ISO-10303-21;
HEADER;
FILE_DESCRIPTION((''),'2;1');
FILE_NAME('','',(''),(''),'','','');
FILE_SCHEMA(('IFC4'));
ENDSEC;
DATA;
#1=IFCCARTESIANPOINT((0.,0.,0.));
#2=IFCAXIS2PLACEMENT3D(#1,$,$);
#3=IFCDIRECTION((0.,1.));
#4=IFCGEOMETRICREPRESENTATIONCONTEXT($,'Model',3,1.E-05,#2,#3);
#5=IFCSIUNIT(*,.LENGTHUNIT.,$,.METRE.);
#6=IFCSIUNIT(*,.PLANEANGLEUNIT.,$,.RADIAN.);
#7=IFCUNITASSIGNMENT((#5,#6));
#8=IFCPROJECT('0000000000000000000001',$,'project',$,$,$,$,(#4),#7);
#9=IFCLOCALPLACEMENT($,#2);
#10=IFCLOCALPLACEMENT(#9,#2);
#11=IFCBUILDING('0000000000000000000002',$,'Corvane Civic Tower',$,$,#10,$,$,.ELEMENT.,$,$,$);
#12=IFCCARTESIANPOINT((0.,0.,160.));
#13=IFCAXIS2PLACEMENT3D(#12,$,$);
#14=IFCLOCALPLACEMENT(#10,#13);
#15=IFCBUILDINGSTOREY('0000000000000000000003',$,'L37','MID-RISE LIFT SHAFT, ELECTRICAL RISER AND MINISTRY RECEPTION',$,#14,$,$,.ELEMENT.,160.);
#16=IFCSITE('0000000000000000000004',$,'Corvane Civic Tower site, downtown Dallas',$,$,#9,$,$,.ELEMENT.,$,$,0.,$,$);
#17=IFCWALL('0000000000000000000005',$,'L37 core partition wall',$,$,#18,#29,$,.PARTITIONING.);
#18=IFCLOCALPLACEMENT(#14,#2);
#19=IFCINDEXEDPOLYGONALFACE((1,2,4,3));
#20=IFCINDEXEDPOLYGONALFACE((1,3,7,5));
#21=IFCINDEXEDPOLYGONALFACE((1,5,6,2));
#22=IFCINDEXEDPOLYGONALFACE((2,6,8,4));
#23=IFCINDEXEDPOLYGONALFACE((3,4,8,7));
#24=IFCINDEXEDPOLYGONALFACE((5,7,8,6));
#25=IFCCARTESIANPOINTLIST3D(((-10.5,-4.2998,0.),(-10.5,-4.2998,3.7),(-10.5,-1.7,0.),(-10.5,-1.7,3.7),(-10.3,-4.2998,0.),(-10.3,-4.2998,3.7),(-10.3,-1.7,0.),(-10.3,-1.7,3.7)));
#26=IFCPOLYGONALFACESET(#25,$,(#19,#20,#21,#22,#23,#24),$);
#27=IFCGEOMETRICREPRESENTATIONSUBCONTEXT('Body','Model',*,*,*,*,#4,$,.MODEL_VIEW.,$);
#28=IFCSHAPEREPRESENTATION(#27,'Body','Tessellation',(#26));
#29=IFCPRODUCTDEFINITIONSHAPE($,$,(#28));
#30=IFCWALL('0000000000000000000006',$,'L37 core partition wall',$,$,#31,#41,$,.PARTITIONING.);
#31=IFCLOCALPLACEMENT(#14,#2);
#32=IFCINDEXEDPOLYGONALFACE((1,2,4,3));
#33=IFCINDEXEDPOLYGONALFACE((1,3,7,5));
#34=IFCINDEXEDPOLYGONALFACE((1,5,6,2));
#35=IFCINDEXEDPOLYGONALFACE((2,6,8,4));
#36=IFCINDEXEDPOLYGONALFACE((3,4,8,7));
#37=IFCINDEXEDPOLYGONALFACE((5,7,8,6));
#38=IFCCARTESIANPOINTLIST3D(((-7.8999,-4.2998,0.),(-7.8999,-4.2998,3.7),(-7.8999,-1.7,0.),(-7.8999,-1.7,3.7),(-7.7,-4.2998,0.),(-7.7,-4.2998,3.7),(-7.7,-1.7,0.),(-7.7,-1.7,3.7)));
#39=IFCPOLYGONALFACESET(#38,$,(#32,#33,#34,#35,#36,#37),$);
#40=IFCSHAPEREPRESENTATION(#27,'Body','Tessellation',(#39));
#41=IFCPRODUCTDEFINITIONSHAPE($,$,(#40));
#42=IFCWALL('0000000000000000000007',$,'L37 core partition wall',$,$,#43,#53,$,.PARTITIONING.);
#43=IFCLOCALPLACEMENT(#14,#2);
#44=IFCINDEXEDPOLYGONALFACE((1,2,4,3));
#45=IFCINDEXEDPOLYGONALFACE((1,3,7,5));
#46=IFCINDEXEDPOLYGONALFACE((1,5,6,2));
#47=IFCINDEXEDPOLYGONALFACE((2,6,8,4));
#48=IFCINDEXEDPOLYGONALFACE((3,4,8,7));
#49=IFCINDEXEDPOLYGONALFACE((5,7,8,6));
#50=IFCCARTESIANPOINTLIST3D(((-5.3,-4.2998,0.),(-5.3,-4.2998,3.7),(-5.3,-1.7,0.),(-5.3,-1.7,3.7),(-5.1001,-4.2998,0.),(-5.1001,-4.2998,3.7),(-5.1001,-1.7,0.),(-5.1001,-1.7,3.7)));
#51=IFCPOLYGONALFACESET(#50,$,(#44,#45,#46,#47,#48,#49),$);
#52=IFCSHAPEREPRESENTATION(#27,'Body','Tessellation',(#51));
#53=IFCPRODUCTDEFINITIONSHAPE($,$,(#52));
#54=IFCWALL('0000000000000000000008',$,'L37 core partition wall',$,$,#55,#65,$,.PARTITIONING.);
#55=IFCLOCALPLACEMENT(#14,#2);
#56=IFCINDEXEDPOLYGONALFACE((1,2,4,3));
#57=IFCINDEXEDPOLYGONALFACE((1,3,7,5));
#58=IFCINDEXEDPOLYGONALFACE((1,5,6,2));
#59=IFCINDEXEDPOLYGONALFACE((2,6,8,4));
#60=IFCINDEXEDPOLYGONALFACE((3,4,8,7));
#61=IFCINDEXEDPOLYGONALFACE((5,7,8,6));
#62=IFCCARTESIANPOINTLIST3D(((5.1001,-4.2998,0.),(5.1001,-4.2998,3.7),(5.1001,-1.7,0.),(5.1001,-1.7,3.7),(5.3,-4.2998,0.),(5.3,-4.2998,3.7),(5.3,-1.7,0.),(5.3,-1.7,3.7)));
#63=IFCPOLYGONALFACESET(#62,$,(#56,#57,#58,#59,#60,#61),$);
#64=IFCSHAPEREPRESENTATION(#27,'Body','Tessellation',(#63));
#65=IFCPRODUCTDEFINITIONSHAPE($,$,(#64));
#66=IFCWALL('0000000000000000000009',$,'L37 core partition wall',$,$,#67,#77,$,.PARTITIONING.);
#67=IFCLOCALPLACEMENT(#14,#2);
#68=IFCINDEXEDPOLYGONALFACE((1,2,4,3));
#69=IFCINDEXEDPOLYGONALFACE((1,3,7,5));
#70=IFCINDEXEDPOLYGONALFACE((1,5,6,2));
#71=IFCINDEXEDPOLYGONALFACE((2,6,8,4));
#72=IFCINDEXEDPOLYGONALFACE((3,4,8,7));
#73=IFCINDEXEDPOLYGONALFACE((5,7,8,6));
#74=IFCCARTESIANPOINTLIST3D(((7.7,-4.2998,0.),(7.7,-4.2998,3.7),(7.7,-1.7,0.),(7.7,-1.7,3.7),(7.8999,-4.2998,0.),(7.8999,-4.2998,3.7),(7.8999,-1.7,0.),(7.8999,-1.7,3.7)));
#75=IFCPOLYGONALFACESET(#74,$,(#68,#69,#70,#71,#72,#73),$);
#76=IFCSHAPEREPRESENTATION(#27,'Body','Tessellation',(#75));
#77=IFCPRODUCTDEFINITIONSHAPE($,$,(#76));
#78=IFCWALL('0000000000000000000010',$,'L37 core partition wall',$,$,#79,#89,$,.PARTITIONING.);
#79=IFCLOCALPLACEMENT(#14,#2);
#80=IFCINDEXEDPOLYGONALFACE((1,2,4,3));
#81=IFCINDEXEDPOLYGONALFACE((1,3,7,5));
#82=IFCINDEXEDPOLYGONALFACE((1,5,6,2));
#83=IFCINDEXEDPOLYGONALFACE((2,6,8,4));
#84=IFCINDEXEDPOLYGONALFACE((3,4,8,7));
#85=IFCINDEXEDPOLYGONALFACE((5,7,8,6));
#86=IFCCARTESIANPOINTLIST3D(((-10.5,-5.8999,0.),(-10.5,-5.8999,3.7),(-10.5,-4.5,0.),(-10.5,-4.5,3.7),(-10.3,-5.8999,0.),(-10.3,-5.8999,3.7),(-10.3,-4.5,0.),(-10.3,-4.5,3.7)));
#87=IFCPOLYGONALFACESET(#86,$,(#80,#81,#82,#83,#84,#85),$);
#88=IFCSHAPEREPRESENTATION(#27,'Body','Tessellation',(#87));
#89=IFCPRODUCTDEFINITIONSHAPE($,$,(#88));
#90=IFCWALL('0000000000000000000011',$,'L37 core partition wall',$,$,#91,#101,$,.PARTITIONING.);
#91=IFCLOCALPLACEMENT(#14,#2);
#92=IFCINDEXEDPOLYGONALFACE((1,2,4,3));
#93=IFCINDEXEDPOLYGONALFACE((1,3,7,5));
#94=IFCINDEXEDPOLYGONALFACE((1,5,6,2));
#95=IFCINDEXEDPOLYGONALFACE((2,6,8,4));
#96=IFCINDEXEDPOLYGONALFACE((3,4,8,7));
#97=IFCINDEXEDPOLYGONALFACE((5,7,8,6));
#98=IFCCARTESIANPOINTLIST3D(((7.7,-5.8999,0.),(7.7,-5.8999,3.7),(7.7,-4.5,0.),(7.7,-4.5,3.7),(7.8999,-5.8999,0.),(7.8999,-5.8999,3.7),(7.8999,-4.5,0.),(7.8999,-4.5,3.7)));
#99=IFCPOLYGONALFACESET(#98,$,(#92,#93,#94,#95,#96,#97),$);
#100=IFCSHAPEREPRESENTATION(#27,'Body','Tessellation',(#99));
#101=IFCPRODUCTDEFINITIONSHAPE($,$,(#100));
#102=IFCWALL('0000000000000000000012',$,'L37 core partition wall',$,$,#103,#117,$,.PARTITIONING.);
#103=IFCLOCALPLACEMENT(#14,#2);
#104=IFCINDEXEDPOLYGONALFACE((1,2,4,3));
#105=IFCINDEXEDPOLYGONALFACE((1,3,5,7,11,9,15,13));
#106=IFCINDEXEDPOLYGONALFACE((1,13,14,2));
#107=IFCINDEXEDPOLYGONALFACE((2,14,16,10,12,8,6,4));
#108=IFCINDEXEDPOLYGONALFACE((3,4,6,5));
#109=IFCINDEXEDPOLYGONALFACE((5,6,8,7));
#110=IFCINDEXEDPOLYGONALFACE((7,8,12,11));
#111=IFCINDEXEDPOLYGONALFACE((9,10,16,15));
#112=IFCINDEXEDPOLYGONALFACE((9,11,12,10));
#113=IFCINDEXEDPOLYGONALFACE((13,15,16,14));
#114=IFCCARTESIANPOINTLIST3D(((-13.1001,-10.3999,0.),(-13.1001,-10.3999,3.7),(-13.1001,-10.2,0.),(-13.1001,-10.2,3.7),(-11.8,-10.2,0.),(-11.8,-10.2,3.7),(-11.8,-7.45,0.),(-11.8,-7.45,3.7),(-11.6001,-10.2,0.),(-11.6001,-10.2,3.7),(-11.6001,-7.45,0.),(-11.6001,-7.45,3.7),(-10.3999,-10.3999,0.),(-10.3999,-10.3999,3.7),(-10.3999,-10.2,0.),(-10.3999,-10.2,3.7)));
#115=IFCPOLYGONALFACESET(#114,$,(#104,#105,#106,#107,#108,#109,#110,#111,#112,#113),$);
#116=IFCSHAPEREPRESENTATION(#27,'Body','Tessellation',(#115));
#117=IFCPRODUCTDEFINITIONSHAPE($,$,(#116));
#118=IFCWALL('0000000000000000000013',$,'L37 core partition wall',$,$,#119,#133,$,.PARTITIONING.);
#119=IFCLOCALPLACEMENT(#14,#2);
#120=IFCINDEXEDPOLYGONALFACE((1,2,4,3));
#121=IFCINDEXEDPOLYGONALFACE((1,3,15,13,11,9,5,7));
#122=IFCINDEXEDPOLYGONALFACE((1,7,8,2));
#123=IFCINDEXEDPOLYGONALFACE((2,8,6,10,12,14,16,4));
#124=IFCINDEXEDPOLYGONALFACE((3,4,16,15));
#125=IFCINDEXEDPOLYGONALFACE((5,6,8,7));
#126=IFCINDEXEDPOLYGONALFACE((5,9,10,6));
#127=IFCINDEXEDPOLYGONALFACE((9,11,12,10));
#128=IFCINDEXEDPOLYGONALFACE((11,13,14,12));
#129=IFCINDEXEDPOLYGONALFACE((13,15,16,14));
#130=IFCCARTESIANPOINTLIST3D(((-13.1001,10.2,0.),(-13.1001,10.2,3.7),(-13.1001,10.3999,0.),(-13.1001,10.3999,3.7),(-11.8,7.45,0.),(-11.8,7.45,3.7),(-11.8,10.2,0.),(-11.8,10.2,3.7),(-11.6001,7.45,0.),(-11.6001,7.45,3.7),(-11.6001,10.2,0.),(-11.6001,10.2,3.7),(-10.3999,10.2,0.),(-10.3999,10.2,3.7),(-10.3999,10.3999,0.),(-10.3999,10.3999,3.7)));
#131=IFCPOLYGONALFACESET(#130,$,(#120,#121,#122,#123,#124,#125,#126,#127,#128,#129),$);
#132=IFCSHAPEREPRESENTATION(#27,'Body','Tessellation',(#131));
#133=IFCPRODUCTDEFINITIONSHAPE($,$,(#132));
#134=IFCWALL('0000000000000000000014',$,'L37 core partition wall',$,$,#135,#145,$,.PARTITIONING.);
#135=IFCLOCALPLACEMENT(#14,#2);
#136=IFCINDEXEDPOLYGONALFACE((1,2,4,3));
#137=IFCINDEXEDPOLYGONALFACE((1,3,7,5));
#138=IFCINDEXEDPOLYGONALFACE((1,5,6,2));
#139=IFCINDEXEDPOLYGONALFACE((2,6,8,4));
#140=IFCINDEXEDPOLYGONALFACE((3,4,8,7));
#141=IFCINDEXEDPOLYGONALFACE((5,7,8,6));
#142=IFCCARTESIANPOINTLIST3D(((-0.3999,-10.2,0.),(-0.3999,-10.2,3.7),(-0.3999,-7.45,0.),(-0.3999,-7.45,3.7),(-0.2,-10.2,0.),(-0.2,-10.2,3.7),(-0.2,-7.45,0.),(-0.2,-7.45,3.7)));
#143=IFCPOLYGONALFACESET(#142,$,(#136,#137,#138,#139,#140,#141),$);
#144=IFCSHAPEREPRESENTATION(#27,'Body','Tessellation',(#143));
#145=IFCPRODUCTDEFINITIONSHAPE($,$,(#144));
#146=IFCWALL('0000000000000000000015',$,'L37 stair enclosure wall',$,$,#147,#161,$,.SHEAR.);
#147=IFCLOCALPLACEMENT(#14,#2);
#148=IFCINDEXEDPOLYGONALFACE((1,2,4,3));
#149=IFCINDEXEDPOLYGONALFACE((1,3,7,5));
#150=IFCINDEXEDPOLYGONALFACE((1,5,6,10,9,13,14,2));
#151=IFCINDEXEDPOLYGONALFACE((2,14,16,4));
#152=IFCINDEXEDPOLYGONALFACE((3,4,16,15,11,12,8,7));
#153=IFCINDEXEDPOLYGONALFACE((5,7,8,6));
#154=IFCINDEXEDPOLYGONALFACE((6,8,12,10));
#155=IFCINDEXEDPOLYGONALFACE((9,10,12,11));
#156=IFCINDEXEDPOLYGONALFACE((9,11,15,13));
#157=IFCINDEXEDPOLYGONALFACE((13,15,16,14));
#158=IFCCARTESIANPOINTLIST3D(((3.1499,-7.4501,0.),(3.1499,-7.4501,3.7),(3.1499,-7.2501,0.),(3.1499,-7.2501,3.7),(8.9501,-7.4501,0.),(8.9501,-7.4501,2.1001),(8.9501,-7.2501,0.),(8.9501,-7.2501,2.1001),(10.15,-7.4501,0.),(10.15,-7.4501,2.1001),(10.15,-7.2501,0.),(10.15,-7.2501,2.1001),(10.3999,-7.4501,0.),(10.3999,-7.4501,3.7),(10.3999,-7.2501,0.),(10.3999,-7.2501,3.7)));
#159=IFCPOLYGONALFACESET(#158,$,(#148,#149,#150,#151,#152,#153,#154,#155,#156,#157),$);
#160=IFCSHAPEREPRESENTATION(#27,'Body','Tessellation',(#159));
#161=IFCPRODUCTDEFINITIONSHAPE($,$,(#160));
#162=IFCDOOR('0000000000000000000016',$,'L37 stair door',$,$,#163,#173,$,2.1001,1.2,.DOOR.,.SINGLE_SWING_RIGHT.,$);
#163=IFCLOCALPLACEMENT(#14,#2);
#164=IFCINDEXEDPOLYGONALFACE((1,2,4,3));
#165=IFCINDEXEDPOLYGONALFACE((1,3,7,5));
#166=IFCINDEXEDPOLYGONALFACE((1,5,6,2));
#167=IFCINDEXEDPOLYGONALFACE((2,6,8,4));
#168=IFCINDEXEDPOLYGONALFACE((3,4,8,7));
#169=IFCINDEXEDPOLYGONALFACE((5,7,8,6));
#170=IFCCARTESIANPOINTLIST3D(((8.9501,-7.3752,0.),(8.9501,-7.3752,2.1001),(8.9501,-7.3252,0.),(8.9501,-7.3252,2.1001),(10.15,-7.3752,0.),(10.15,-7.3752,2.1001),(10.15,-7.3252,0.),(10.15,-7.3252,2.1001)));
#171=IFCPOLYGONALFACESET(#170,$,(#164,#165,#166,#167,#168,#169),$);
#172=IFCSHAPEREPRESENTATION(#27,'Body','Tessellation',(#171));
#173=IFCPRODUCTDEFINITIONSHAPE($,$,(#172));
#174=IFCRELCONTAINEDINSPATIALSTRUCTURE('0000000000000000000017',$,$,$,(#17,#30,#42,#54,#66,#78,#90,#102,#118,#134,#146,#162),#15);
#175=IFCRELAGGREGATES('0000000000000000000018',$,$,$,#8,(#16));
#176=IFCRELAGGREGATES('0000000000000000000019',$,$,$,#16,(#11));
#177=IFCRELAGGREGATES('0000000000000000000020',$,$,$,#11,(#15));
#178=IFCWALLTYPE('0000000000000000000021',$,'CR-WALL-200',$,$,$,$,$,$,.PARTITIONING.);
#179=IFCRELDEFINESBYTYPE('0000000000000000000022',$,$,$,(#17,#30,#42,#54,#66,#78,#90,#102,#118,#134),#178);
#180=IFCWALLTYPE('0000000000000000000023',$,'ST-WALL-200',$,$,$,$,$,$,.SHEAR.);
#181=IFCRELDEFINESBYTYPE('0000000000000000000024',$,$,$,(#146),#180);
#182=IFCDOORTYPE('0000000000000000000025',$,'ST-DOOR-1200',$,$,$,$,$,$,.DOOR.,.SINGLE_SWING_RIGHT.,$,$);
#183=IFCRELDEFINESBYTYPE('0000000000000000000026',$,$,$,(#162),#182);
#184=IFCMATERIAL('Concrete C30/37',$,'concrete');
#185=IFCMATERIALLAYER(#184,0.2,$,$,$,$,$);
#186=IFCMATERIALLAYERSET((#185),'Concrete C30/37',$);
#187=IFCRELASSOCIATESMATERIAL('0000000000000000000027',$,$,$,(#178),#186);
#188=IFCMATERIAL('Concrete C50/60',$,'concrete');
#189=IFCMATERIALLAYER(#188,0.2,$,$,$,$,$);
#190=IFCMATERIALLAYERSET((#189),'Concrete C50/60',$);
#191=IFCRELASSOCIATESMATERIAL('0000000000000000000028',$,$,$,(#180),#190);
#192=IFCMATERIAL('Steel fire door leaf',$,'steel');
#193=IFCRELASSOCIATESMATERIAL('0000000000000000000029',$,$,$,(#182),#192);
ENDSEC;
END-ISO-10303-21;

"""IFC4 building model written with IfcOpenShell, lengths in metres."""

from ifc_helpers import new_model, si_unit, direction, frame, frame_2d, origin, place, context, subcontext, project, spatial, polyline, rectangle, outline, extrude, material, layer, layer_set, type_object, element, fill, save


model = new_model("IFC4")

# Units and contexts
model_context = context("Model", 3, precision=1e-05, world=origin(), true_north=direction((0.0, 1.0)))
body_context = subcontext(model_context, "Body", "Model", "MODEL_VIEW")
ifc_project = project(units=[si_unit("LENGTHUNIT", "METRE"), si_unit("PLANEANGLEUNIT", "RADIAN")], contexts=[model_context])

# Site, building, storey
site_placement = place(None, origin())
site = spatial("IfcSite", under=ifc_project, at=site_placement, Name="Corvane Civic Tower site, downtown Dallas", CompositionType="ELEMENT", RefElevation=0.0)
building_placement = place(site_placement, origin())
building = spatial("IfcBuilding", under=site, at=building_placement, Name="Corvane Civic Tower", CompositionType="ELEMENT")
storey_placement = place(building_placement, frame((0.0, 0.0, 160.0)))
storey = spatial("IfcBuildingStorey", under=building, at=storey_placement, Name="L37", Description="MID-RISE LIFT SHAFT, ELECTRICAL RISER AND MINISTRY RECEPTION", CompositionType="ELEMENT", Elevation=160.0)

# Shared definitions
ifc_material_1 = material(Name="Concrete C30/37", Category="concrete")
ifc_layer_1 = layer(ifc_material_1, 0.2)
ifc_layer_set_1 = layer_set([ifc_layer_1], Name="Concrete C30/37")
wall_type_1 = type_object("IfcWallType", Name="CR-WALL-200", PredefinedType="PARTITIONING", material=ifc_layer_set_1)

# Walls
wall_1_placement = place(storey_placement, origin())
element("IfcWall", 1, at=wall_1_placement, inside=storey, type_object=wall_type_1, Name="L37 core partition wall", PredefinedType="PARTITIONING", context=body_context, shape_type="SweptSolid", body=[
    extrude(outline(polyline([(-10.3, -1.7), (-10.3, -4.2998), (-10.5, -4.2998), (-10.5, -1.7), (-10.3, -1.7)])), origin(), (0.0, 0.0, 1.0), 3.7),
])
wall_2_placement = place(storey_placement, origin())
element("IfcWall", 2, at=wall_2_placement, inside=storey, type_object=wall_type_1, Name="L37 core partition wall", PredefinedType="PARTITIONING", context=body_context, shape_type="SweptSolid", body=[
    extrude(outline(polyline([(-7.7, -1.7), (-7.7, -4.2998), (-7.8999, -4.2998), (-7.8999, -1.7), (-7.7, -1.7)])), origin(), (0.0, 0.0, 1.0), 3.7),
])
wall_3_placement = place(storey_placement, origin())
element("IfcWall", 3, at=wall_3_placement, inside=storey, type_object=wall_type_1, Name="L37 core partition wall", PredefinedType="PARTITIONING", context=body_context, shape_type="SweptSolid", body=[
    extrude(outline(polyline([(-5.1001, -1.7), (-5.1001, -4.2998), (-5.3, -4.2998), (-5.3, -1.7), (-5.1001, -1.7)])), origin(), (0.0, 0.0, 1.0), 3.7),
])
wall_4_placement = place(storey_placement, origin())
element("IfcWall", 4, at=wall_4_placement, inside=storey, type_object=wall_type_1, Name="L37 core partition wall", PredefinedType="PARTITIONING", context=body_context, shape_type="SweptSolid", body=[
    extrude(outline(polyline([(5.3, -1.7), (5.3, -4.2998), (5.1001, -4.2998), (5.1001, -1.7), (5.3, -1.7)])), origin(), (0.0, 0.0, 1.0), 3.7),
])
wall_5_placement = place(storey_placement, origin())
element("IfcWall", 5, at=wall_5_placement, inside=storey, type_object=wall_type_1, Name="L37 core partition wall", PredefinedType="PARTITIONING", context=body_context, shape_type="SweptSolid", body=[
    extrude(outline(polyline([(7.8999, -1.7), (7.8999, -4.2998), (7.7, -4.2998), (7.7, -1.7), (7.8999, -1.7)])), origin(), (0.0, 0.0, 1.0), 3.7),
])
wall_6_placement = place(storey_placement, origin())
element("IfcWall", 6, at=wall_6_placement, inside=storey, type_object=wall_type_1, Name="L37 core partition wall", PredefinedType="PARTITIONING", context=body_context, shape_type="SweptSolid", body=[
    extrude(outline(polyline([(-10.3, -5.8999), (-10.5, -5.8999), (-10.5, -4.5), (-10.3, -4.5), (-10.3, -5.8999)])), origin(), (0.0, 0.0, 1.0), 3.7),
])
wall_7_placement = place(storey_placement, origin())
element("IfcWall", 7, at=wall_7_placement, inside=storey, type_object=wall_type_1, Name="L37 core partition wall", PredefinedType="PARTITIONING", context=body_context, shape_type="SweptSolid", body=[
    extrude(outline(polyline([(7.8999, -5.8999), (7.7, -5.8999), (7.7, -4.5), (7.8999, -4.5), (7.8999, -5.8999)])), origin(), (0.0, 0.0, 1.0), 3.7),
])
wall_8_placement = place(storey_placement, origin())
element("IfcWall", 8, at=wall_8_placement, inside=storey, type_object=wall_type_1, Name="L37 core partition wall", PredefinedType="PARTITIONING", context=body_context, shape_type="SweptSolid", body=[
    extrude(outline(polyline([(-11.8, -7.45), (-11.6001, -7.45), (-11.6001, -10.2), (-10.3999, -10.2), (-10.3999, -10.3999), (-13.1001, -10.3999), (-13.1001, -10.2), (-11.8, -10.2), (-11.8, -7.45)])), origin(), (0.0, 0.0, 1.0), 3.7),
])
wall_9_placement = place(storey_placement, origin())
element("IfcWall", 9, at=wall_9_placement, inside=storey, type_object=wall_type_1, Name="L37 core partition wall", PredefinedType="PARTITIONING", context=body_context, shape_type="SweptSolid", body=[
    extrude(outline(polyline([(-13.1001, 10.3999), (-10.3999, 10.3999), (-10.3999, 10.2), (-11.6001, 10.2), (-11.6001, 7.45), (-11.8, 7.45), (-11.8, 10.2), (-13.1001, 10.2), (-13.1001, 10.3999)])), origin(), (0.0, 0.0, 1.0), 3.7),
])
wall_10_placement = place(storey_placement, origin())
element("IfcWall", 10, at=wall_10_placement, inside=storey, type_object=wall_type_1, Name="L37 core partition wall", PredefinedType="PARTITIONING", context=body_context, shape_type="SweptSolid", body=[
    extrude(outline(polyline([(-0.2, -10.2), (-0.3999, -10.2), (-0.3999, -7.45), (-0.2, -7.45), (-0.2, -10.2)])), origin(), (0.0, 0.0, 1.0), 3.7),
])

# Wall, opening, door
ifc_material_2 = material(Name="Concrete C50/60", Category="concrete")
ifc_layer_2 = layer(ifc_material_2, 0.2)
ifc_layer_set_2 = layer_set([ifc_layer_2], Name="Concrete C50/60")
wall_type_2 = type_object("IfcWallType", Name="ST-WALL-200", PredefinedType="SHEAR", material=ifc_layer_set_2)
wall_11_placement = place(storey_placement, frame((3.1499, -7.3501, 0.0), z_axis=(0.0, 0.0, 1.0), x_axis=(1.0, 0.0, 0.0)))
wall_11 = element("IfcWall", 11, at=wall_11_placement, inside=storey, type_object=wall_type_2, Name="L37 stair enclosure wall", PredefinedType="SHEAR", context=body_context, shape_type="SweptSolid", body=[
    extrude(rectangle(XDim=7.25, YDim=0.2, at=frame_2d((3.625, 0.0))), origin(), (0.0, 0.0, 1.0), 3.7),
])
opening_1_placement = place(wall_11_placement, frame((5.8, 0.0, 0.0)))
opening_1 = element("IfcOpeningElement", 12, at=opening_1_placement, cuts=wall_11, PredefinedType="OPENING", context=body_context, shape_type="SweptSolid", body=[
    extrude(rectangle(XDim=1.2, YDim=2.1001, at=frame_2d((0.6001, 1.05))), frame((0.0, 0.1099, 0.0), z_axis=(0.0, -1.0, 0.0), x_axis=(1.0, 0.0, 0.0)), (0.0, 0.0, 1.0), 0.22),
])
ifc_material_3 = material(Name="Steel fire door leaf", Category="steel")
door_type_1 = type_object("IfcDoorType", Name="ST-DOOR-1200", OperationType="SINGLE_SWING_RIGHT", PredefinedType="DOOR", material=ifc_material_3)
door_1_placement = place(opening_1_placement, origin())
door_1 = element("IfcDoor", 13, at=door_1_placement, inside=storey, type_object=door_type_1, Name="L37 stair door", OperationType="SINGLE_SWING_RIGHT", OverallHeight=2.1001, OverallWidth=1.2, PredefinedType="DOOR", context=body_context, shape_type="SweptSolid", body=[
    extrude(rectangle(XDim=1.2, YDim=2.1001, at=frame_2d((0.6001, 1.05))), frame((0.0, 0.0249, 0.0), z_axis=(0.0, -1.0, 0.0), x_axis=(1.0, 0.0, 0.0)), (0.0, 0.0, 1.0), 0.05),
])
fill(opening_1, door_1)

save(model, "model.ifc")
